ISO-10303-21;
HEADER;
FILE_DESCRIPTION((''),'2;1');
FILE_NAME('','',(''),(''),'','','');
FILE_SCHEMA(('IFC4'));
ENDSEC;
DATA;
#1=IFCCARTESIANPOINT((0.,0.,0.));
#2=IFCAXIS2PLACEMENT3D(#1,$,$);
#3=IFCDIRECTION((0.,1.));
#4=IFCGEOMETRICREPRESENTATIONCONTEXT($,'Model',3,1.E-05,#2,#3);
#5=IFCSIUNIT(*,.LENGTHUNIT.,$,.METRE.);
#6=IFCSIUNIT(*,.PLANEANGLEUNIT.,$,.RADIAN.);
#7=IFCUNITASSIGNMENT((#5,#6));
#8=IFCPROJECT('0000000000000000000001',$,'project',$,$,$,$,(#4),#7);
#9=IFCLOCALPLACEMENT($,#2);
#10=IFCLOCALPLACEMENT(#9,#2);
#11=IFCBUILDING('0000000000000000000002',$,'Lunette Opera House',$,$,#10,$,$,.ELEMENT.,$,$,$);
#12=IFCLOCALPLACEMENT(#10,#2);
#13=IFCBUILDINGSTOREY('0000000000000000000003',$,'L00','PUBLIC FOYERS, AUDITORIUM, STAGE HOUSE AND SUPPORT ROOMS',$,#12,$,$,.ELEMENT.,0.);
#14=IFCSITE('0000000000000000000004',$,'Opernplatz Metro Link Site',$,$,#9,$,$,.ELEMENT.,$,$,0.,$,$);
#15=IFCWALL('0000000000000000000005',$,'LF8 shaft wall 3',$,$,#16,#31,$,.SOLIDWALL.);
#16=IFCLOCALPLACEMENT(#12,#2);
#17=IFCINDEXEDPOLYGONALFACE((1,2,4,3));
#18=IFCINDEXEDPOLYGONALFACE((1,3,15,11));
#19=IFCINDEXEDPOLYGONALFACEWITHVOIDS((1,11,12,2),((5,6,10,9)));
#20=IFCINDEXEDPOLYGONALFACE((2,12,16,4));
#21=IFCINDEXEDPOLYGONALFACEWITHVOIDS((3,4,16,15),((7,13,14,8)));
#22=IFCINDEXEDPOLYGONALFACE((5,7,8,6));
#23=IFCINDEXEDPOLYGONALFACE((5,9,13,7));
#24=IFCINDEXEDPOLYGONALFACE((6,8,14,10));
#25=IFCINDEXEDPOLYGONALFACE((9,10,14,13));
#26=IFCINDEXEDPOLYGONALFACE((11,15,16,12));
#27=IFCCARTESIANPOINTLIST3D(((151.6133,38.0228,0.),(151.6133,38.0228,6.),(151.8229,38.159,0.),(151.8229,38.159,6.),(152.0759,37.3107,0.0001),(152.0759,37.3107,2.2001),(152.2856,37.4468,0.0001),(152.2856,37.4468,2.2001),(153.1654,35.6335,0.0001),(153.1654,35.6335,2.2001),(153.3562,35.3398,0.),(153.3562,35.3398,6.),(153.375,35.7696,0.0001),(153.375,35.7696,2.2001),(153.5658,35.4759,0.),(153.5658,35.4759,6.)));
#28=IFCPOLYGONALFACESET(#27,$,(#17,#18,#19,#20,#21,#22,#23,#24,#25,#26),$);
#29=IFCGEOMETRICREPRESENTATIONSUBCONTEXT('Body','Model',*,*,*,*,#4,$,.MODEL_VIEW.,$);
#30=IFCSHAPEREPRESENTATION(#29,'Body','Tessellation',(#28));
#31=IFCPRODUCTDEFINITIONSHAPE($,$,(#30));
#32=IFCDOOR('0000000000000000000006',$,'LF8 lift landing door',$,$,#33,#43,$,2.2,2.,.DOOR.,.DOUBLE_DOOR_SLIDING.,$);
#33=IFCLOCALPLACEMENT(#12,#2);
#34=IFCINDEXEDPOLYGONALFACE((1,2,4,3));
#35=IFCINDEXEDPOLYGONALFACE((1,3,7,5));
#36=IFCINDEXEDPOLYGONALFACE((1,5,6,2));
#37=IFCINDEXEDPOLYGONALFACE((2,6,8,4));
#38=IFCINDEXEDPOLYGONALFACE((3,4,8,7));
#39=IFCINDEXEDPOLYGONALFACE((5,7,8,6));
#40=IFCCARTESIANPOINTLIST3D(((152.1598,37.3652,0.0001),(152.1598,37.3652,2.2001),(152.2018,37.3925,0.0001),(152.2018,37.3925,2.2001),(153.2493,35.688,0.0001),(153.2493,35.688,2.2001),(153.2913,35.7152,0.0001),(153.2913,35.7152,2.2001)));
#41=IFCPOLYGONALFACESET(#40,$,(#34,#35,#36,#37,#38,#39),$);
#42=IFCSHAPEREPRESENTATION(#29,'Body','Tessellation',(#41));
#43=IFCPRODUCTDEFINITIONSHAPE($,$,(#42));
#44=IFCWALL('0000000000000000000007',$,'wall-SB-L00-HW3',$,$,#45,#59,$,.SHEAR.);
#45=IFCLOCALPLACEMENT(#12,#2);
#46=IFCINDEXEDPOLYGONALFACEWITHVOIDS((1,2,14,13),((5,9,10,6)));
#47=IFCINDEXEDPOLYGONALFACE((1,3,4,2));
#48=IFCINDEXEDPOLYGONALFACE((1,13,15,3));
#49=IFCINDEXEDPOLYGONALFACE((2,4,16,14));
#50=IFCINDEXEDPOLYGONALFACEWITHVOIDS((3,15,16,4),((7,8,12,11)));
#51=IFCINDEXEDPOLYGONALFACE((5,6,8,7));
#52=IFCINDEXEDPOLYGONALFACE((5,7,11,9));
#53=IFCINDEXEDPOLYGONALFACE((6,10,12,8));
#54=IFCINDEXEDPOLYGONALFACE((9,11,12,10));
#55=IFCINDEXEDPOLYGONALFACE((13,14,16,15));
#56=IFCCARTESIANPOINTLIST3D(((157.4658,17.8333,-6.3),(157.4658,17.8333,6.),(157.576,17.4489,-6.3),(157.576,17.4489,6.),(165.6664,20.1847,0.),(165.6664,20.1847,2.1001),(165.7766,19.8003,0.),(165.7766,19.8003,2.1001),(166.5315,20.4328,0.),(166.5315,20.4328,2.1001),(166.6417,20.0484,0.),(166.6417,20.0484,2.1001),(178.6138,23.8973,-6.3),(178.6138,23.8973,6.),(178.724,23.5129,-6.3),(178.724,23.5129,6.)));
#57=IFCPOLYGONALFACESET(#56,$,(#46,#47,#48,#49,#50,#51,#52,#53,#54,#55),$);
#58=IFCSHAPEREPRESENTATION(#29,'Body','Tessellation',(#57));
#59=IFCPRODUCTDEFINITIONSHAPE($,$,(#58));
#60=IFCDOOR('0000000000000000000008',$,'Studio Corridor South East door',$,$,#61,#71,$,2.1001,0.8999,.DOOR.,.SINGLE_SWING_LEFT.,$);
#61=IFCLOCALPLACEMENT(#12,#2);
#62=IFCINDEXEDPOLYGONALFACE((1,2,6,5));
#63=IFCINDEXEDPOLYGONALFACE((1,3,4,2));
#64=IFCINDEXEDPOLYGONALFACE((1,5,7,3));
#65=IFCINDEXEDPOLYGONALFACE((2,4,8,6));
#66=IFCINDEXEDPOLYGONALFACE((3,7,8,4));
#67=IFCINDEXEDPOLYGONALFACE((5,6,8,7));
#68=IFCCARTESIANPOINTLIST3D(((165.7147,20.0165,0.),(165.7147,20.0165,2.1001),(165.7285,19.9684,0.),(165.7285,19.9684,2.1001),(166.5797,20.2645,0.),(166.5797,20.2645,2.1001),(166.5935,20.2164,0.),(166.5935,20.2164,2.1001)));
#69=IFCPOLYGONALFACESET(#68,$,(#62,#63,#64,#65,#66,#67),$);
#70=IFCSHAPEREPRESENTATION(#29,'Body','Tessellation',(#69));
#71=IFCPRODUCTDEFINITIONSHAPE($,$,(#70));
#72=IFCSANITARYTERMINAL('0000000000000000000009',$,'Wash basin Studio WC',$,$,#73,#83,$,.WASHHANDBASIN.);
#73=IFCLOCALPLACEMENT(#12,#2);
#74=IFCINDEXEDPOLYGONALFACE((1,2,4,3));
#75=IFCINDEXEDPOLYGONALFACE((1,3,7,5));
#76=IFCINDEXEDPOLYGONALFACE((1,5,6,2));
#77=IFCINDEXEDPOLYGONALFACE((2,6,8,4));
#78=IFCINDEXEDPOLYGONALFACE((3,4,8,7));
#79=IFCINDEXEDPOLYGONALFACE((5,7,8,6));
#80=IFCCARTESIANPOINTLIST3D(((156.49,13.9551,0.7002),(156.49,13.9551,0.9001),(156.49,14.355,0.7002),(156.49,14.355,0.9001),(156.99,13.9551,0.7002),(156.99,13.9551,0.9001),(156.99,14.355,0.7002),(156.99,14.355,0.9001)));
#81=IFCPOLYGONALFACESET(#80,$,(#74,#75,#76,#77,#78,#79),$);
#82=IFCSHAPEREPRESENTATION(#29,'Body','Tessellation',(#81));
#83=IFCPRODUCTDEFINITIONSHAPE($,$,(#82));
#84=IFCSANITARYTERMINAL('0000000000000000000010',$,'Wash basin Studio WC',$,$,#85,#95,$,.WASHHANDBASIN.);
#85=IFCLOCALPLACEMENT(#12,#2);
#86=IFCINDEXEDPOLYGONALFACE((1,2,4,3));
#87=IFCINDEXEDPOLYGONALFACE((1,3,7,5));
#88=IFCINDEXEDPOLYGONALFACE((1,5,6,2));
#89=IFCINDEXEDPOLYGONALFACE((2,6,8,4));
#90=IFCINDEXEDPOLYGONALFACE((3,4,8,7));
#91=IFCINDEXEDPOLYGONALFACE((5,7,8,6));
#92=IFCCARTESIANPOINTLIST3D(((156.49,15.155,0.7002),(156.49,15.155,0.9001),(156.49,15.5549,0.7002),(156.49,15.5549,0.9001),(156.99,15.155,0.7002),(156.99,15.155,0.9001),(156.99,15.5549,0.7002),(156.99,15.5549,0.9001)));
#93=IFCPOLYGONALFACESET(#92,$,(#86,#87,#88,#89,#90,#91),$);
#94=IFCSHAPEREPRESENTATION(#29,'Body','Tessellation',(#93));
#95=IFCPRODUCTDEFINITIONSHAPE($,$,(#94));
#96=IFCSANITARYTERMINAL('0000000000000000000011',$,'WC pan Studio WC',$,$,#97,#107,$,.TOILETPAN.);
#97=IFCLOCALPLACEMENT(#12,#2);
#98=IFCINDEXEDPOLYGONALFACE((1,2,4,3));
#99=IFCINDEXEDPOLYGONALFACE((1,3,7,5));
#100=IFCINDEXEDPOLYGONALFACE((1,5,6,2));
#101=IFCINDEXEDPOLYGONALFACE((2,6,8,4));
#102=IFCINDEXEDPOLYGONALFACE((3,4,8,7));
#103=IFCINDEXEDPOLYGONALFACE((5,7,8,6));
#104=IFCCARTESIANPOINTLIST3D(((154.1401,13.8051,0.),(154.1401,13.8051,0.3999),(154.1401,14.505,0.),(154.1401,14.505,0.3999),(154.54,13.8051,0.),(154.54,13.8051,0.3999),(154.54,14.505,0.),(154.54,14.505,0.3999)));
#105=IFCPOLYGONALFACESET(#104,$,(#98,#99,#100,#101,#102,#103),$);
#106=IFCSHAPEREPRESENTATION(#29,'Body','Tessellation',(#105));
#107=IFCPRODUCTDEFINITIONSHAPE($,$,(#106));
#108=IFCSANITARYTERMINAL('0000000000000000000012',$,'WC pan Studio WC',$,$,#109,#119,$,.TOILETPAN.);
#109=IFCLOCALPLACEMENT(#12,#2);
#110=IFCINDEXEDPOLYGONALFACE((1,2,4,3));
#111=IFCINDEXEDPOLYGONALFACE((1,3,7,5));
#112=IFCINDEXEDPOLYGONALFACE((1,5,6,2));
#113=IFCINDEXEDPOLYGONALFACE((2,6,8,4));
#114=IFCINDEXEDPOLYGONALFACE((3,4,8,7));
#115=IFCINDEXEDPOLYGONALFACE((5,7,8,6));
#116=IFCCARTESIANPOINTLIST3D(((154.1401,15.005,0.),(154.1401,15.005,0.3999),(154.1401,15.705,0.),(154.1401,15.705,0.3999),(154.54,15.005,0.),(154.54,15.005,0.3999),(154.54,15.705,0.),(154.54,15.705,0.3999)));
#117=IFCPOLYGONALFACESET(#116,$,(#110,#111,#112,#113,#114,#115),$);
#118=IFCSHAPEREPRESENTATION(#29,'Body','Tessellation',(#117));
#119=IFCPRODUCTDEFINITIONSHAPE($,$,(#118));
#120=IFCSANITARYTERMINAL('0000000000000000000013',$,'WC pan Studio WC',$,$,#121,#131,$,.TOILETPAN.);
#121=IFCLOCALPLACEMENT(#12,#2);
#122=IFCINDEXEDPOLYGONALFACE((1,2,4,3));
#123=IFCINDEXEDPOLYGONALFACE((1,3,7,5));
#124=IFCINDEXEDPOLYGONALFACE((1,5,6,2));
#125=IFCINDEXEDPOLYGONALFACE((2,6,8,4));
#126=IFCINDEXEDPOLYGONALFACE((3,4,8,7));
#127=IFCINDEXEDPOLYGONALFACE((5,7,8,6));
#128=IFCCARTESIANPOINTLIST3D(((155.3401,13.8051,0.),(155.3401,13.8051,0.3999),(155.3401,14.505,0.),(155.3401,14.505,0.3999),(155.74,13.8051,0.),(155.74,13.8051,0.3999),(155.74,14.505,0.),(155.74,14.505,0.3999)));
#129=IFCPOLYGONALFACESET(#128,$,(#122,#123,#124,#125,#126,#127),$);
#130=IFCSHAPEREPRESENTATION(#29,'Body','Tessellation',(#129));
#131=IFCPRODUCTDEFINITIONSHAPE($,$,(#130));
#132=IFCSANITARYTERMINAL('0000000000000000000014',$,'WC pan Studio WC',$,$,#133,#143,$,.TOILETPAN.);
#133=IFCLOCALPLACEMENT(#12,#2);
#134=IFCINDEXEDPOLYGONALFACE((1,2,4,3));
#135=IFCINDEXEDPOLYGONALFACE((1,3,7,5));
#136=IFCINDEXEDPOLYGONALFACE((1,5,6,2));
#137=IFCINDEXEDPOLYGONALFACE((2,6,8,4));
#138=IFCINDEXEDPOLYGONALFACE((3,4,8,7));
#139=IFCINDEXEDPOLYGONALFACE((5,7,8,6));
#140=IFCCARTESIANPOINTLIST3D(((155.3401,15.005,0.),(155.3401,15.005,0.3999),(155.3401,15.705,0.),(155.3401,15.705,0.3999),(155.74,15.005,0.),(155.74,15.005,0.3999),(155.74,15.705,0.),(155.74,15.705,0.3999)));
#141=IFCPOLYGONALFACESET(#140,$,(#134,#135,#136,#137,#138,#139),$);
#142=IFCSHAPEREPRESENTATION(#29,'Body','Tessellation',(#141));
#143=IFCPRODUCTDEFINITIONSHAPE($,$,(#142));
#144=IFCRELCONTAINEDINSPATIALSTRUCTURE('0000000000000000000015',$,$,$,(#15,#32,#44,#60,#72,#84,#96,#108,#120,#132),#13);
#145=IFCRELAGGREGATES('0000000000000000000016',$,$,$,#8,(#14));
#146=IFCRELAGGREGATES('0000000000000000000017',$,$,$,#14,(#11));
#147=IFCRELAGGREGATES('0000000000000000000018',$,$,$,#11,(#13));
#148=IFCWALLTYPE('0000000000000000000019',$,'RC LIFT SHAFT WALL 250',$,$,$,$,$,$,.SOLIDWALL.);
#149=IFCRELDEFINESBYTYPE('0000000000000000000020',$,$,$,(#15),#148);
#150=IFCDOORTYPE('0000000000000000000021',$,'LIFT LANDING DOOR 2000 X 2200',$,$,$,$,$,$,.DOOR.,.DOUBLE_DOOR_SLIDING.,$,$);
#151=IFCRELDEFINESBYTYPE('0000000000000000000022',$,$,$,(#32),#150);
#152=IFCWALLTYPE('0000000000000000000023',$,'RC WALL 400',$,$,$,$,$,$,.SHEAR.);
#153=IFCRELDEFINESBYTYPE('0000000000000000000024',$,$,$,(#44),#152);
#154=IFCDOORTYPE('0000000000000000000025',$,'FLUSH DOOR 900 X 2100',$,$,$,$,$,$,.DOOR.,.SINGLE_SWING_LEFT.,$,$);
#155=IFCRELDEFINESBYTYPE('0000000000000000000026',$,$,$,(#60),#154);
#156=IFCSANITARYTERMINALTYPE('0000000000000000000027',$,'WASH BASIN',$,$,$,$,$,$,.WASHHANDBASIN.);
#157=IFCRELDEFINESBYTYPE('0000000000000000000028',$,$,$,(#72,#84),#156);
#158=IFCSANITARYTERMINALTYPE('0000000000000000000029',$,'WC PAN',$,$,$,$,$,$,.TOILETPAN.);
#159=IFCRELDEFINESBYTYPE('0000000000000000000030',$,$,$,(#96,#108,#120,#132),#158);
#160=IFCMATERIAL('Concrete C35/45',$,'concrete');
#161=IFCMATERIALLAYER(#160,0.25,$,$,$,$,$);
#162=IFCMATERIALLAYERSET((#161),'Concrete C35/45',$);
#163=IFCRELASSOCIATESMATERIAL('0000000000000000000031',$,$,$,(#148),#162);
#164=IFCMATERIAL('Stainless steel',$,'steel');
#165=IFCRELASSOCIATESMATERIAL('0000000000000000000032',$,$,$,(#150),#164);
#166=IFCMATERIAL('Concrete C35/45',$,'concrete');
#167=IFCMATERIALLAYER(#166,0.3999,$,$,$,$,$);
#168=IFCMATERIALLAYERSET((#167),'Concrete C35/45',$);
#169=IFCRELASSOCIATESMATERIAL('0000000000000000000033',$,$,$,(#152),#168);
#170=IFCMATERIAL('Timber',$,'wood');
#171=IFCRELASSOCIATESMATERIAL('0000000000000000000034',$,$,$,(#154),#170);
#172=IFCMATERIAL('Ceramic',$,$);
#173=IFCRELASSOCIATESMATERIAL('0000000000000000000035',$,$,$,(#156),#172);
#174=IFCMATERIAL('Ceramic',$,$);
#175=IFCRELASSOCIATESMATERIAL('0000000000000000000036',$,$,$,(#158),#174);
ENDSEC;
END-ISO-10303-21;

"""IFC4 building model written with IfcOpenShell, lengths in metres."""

from ifc_helpers import new_model, si_unit, direction, frame, frame_2d, origin, origin_2d, place, context, subcontext, project, spatial, rectangle, extrude, material, layer, layer_set, type_object, element, fill, save


model = new_model("IFC4")

# Units and contexts
model_context = context("Model", 3, precision=1e-05, world=origin(), true_north=direction((0.0, 1.0)))
body_context = subcontext(model_context, "Body", "Model", "MODEL_VIEW")
ifc_project = project(units=[si_unit("LENGTHUNIT", "METRE"), si_unit("PLANEANGLEUNIT", "RADIAN")], contexts=[model_context])

# Site, building, storey
site_placement = place(None, origin())
site = spatial("IfcSite", under=ifc_project, at=site_placement, Name="Opernplatz Metro Link Site", CompositionType="ELEMENT", RefElevation=0.0)
building_placement = place(site_placement, origin())
building = spatial("IfcBuilding", under=site, at=building_placement, Name="Lunette Opera House", CompositionType="ELEMENT")
storey_placement = place(building_placement, origin())
storey = spatial("IfcBuildingStorey", under=building, at=storey_placement, Name="L00", Description="PUBLIC FOYERS, AUDITORIUM, STAGE HOUSE AND SUPPORT ROOMS", CompositionType="ELEMENT", Elevation=0.0)

# Walls, openings, doors
ifc_material_1 = material(Name="Concrete C35/45", Category="concrete")
ifc_layer_1 = layer(ifc_material_1, 0.25)
ifc_layer_set_1 = layer_set([ifc_layer_1], Name="Concrete C35/45")
wall_type_1 = type_object("IfcWallType", Name="RC LIFT SHAFT WALL 250", PredefinedType="SOLIDWALL", material=ifc_layer_set_1)
wall_1_placement = place(storey_placement, frame((153.4609, 35.408, 0.0), z_axis=(0.0, 0.0, 1.0), x_axis=(-0.544747, 0.8386, 0.0)))
wall_1 = element("IfcWall", 1, at=wall_1_placement, inside=storey, type_object=wall_type_1, Name="LF8 shaft wall 3", PredefinedType="SOLIDWALL", context=body_context, shape_type="SweptSolid", body=[
    extrude(rectangle(XDim=3.1995, YDim=0.25, at=frame_2d((1.5996, 0.0))), origin(), (0.0, 0.0, 1.0), 6.0),
])
opening_1_placement = place(wall_1_placement, frame((0.3501, 0.0, 0.0)))
opening_1 = element("IfcOpeningElement", 2, at=opening_1_placement, cuts=wall_1, PredefinedType="OPENING", context=body_context, shape_type="SweptSolid", body=[
    extrude(rectangle(XDim=2.0, YDim=2.2, at=frame_2d((1.0, 1.1001))), frame((0.0, 0.137, 0.0), z_axis=(0.0, -1.0, 0.0), x_axis=(1.0, 0.0, 0.0)), (0.0, 0.0, 1.0), 0.2739),
])
ifc_material_2 = material(Name="Stainless steel", Category="steel")
door_type_1 = type_object("IfcDoorType", Name="LIFT LANDING DOOR 2000 X 2200", OperationType="DOUBLE_DOOR_SLIDING", PredefinedType="DOOR", material=ifc_material_2)
door_1_placement = place(opening_1_placement, origin())
door_1 = element("IfcDoor", 3, at=door_1_placement, inside=storey, type_object=door_type_1, Name="LF8 lift landing door", OperationType="DOUBLE_DOOR_SLIDING", OverallHeight=2.2, OverallWidth=2.0, PredefinedType="DOOR", context=body_context, shape_type="SweptSolid", body=[
    extrude(rectangle(XDim=2.0, YDim=2.2, at=frame_2d((1.0, 1.1001))), frame((0.0, 0.0249, 0.0), z_axis=(0.0, -1.0, 0.0), x_axis=(1.0, 0.0, 0.0)), (0.0, 0.0, 1.0), 0.05),
])
fill(opening_1, door_1)
ifc_material_3 = material(Name="Concrete C35/45", Category="concrete")
ifc_layer_2 = layer(ifc_material_3, 0.3999)
ifc_layer_set_2 = layer_set([ifc_layer_2], Name="Concrete C35/45")
wall_type_2 = type_object("IfcWallType", Name="RC WALL 400", PredefinedType="SHEAR", material=ifc_layer_set_2)
wall_2_placement = place(storey_placement, frame((157.521, 17.6411, -6.3), z_axis=(0.0, 0.0, 1.0), x_axis=(0.961263, 0.275633, 0.0)))
wall_2 = element("IfcWall", 4, at=wall_2_placement, inside=storey, type_object=wall_type_2, Name="wall-SB-L00-HW3", PredefinedType="SHEAR", context=body_context, shape_type="SweptSolid", body=[
    extrude(rectangle(XDim=22.0002, YDim=0.3999, at=frame_2d((11.0, 0.0))), origin(), (0.0, 0.0, 1.0), 12.3),
])
opening_2_placement = place(wall_2_placement, frame((8.531, 0.0, 6.3)))
opening_2 = element("IfcOpeningElement", 5, at=opening_2_placement, cuts=wall_2, PredefinedType="OPENING", context=body_context, shape_type="SweptSolid", body=[
    extrude(rectangle(XDim=0.8999, YDim=2.1001, at=frame_2d((0.45, 1.05))), frame((0.0, 0.2119, 0.0), z_axis=(0.0, -1.0, 0.0), x_axis=(1.0, 0.0, 0.0)), (0.0, 0.0, 1.0), 0.4238),
])
ifc_material_4 = material(Name="Timber", Category="wood")
door_type_2 = type_object("IfcDoorType", Name="FLUSH DOOR 900 X 2100", OperationType="SINGLE_SWING_LEFT", PredefinedType="DOOR", material=ifc_material_4)
door_2_placement = place(opening_2_placement, origin())
door_2 = element("IfcDoor", 6, at=door_2_placement, inside=storey, type_object=door_type_2, Name="Studio Corridor South East door", OperationType="SINGLE_SWING_LEFT", OverallHeight=2.1001, OverallWidth=0.8999, PredefinedType="DOOR", context=body_context, shape_type="SweptSolid", body=[
    extrude(rectangle(XDim=0.8999, YDim=2.1001, at=frame_2d((0.45, 1.05))), frame((0.0, 0.0249, 0.0), z_axis=(0.0, -1.0, 0.0), x_axis=(1.0, 0.0, 0.0)), (0.0, 0.0, 1.0), 0.05),
])
fill(opening_2, door_2)

# Sanitary terminals
ifc_material_5 = material(Name="Ceramic")
sanitary_terminal_type_1 = type_object("IfcSanitaryTerminalType", Name="WASH BASIN", PredefinedType="WASHHANDBASIN", material=ifc_material_5)
for number, where, z_axis, x_axis, name in (
    (7, (156.74, 14.155, 0.7002), (0.0, 0.0, 1.0), (1.0, 0.0, 0.0), "Wash basin Studio WC"),
    (8, (156.74, 15.355, 0.7002), (0.0, 0.0, 1.0), (1.0, 0.0, 0.0), "Wash basin Studio WC"),
):
    element("IfcSanitaryTerminal", number, at=place(storey_placement, frame(where, z_axis=z_axis, x_axis=x_axis)), inside=storey, type_object=sanitary_terminal_type_1, Name=name, PredefinedType="WASHHANDBASIN", context=body_context, shape_type="SweptSolid", body=[
        extrude(rectangle(XDim=0.5, YDim=0.3999, at=origin_2d()), origin(), (0.0, 0.0, 1.0), 0.2),
    ])
ifc_material_6 = material(Name="Ceramic")
sanitary_terminal_type_2 = type_object("IfcSanitaryTerminalType", Name="WC PAN", PredefinedType="TOILETPAN", material=ifc_material_6)
for number, where, z_axis, x_axis, name in (
    (9, (154.3401, 14.155, 0.0), (0.0, 0.0, 1.0), (1.0, 0.0, 0.0), "WC pan Studio WC"),
    (10, (154.3401, 15.355, 0.0), (0.0, 0.0, 1.0), (1.0, 0.0, 0.0), "WC pan Studio WC"),
    (11, (155.54, 14.155, 0.0), (0.0, 0.0, 1.0), (1.0, 0.0, 0.0), "WC pan Studio WC"),
    (12, (155.54, 15.355, 0.0), (0.0, 0.0, 1.0), (1.0, 0.0, 0.0), "WC pan Studio WC"),
):
    element("IfcSanitaryTerminal", number, at=place(storey_placement, frame(where, z_axis=z_axis, x_axis=x_axis)), inside=storey, type_object=sanitary_terminal_type_2, Name=name, PredefinedType="TOILETPAN", context=body_context, shape_type="SweptSolid", body=[
        extrude(rectangle(XDim=0.3999, YDim=0.7, at=origin_2d()), origin(), (0.0, 0.0, 1.0), 0.3999),
    ])

save(model, "model.ifc")
